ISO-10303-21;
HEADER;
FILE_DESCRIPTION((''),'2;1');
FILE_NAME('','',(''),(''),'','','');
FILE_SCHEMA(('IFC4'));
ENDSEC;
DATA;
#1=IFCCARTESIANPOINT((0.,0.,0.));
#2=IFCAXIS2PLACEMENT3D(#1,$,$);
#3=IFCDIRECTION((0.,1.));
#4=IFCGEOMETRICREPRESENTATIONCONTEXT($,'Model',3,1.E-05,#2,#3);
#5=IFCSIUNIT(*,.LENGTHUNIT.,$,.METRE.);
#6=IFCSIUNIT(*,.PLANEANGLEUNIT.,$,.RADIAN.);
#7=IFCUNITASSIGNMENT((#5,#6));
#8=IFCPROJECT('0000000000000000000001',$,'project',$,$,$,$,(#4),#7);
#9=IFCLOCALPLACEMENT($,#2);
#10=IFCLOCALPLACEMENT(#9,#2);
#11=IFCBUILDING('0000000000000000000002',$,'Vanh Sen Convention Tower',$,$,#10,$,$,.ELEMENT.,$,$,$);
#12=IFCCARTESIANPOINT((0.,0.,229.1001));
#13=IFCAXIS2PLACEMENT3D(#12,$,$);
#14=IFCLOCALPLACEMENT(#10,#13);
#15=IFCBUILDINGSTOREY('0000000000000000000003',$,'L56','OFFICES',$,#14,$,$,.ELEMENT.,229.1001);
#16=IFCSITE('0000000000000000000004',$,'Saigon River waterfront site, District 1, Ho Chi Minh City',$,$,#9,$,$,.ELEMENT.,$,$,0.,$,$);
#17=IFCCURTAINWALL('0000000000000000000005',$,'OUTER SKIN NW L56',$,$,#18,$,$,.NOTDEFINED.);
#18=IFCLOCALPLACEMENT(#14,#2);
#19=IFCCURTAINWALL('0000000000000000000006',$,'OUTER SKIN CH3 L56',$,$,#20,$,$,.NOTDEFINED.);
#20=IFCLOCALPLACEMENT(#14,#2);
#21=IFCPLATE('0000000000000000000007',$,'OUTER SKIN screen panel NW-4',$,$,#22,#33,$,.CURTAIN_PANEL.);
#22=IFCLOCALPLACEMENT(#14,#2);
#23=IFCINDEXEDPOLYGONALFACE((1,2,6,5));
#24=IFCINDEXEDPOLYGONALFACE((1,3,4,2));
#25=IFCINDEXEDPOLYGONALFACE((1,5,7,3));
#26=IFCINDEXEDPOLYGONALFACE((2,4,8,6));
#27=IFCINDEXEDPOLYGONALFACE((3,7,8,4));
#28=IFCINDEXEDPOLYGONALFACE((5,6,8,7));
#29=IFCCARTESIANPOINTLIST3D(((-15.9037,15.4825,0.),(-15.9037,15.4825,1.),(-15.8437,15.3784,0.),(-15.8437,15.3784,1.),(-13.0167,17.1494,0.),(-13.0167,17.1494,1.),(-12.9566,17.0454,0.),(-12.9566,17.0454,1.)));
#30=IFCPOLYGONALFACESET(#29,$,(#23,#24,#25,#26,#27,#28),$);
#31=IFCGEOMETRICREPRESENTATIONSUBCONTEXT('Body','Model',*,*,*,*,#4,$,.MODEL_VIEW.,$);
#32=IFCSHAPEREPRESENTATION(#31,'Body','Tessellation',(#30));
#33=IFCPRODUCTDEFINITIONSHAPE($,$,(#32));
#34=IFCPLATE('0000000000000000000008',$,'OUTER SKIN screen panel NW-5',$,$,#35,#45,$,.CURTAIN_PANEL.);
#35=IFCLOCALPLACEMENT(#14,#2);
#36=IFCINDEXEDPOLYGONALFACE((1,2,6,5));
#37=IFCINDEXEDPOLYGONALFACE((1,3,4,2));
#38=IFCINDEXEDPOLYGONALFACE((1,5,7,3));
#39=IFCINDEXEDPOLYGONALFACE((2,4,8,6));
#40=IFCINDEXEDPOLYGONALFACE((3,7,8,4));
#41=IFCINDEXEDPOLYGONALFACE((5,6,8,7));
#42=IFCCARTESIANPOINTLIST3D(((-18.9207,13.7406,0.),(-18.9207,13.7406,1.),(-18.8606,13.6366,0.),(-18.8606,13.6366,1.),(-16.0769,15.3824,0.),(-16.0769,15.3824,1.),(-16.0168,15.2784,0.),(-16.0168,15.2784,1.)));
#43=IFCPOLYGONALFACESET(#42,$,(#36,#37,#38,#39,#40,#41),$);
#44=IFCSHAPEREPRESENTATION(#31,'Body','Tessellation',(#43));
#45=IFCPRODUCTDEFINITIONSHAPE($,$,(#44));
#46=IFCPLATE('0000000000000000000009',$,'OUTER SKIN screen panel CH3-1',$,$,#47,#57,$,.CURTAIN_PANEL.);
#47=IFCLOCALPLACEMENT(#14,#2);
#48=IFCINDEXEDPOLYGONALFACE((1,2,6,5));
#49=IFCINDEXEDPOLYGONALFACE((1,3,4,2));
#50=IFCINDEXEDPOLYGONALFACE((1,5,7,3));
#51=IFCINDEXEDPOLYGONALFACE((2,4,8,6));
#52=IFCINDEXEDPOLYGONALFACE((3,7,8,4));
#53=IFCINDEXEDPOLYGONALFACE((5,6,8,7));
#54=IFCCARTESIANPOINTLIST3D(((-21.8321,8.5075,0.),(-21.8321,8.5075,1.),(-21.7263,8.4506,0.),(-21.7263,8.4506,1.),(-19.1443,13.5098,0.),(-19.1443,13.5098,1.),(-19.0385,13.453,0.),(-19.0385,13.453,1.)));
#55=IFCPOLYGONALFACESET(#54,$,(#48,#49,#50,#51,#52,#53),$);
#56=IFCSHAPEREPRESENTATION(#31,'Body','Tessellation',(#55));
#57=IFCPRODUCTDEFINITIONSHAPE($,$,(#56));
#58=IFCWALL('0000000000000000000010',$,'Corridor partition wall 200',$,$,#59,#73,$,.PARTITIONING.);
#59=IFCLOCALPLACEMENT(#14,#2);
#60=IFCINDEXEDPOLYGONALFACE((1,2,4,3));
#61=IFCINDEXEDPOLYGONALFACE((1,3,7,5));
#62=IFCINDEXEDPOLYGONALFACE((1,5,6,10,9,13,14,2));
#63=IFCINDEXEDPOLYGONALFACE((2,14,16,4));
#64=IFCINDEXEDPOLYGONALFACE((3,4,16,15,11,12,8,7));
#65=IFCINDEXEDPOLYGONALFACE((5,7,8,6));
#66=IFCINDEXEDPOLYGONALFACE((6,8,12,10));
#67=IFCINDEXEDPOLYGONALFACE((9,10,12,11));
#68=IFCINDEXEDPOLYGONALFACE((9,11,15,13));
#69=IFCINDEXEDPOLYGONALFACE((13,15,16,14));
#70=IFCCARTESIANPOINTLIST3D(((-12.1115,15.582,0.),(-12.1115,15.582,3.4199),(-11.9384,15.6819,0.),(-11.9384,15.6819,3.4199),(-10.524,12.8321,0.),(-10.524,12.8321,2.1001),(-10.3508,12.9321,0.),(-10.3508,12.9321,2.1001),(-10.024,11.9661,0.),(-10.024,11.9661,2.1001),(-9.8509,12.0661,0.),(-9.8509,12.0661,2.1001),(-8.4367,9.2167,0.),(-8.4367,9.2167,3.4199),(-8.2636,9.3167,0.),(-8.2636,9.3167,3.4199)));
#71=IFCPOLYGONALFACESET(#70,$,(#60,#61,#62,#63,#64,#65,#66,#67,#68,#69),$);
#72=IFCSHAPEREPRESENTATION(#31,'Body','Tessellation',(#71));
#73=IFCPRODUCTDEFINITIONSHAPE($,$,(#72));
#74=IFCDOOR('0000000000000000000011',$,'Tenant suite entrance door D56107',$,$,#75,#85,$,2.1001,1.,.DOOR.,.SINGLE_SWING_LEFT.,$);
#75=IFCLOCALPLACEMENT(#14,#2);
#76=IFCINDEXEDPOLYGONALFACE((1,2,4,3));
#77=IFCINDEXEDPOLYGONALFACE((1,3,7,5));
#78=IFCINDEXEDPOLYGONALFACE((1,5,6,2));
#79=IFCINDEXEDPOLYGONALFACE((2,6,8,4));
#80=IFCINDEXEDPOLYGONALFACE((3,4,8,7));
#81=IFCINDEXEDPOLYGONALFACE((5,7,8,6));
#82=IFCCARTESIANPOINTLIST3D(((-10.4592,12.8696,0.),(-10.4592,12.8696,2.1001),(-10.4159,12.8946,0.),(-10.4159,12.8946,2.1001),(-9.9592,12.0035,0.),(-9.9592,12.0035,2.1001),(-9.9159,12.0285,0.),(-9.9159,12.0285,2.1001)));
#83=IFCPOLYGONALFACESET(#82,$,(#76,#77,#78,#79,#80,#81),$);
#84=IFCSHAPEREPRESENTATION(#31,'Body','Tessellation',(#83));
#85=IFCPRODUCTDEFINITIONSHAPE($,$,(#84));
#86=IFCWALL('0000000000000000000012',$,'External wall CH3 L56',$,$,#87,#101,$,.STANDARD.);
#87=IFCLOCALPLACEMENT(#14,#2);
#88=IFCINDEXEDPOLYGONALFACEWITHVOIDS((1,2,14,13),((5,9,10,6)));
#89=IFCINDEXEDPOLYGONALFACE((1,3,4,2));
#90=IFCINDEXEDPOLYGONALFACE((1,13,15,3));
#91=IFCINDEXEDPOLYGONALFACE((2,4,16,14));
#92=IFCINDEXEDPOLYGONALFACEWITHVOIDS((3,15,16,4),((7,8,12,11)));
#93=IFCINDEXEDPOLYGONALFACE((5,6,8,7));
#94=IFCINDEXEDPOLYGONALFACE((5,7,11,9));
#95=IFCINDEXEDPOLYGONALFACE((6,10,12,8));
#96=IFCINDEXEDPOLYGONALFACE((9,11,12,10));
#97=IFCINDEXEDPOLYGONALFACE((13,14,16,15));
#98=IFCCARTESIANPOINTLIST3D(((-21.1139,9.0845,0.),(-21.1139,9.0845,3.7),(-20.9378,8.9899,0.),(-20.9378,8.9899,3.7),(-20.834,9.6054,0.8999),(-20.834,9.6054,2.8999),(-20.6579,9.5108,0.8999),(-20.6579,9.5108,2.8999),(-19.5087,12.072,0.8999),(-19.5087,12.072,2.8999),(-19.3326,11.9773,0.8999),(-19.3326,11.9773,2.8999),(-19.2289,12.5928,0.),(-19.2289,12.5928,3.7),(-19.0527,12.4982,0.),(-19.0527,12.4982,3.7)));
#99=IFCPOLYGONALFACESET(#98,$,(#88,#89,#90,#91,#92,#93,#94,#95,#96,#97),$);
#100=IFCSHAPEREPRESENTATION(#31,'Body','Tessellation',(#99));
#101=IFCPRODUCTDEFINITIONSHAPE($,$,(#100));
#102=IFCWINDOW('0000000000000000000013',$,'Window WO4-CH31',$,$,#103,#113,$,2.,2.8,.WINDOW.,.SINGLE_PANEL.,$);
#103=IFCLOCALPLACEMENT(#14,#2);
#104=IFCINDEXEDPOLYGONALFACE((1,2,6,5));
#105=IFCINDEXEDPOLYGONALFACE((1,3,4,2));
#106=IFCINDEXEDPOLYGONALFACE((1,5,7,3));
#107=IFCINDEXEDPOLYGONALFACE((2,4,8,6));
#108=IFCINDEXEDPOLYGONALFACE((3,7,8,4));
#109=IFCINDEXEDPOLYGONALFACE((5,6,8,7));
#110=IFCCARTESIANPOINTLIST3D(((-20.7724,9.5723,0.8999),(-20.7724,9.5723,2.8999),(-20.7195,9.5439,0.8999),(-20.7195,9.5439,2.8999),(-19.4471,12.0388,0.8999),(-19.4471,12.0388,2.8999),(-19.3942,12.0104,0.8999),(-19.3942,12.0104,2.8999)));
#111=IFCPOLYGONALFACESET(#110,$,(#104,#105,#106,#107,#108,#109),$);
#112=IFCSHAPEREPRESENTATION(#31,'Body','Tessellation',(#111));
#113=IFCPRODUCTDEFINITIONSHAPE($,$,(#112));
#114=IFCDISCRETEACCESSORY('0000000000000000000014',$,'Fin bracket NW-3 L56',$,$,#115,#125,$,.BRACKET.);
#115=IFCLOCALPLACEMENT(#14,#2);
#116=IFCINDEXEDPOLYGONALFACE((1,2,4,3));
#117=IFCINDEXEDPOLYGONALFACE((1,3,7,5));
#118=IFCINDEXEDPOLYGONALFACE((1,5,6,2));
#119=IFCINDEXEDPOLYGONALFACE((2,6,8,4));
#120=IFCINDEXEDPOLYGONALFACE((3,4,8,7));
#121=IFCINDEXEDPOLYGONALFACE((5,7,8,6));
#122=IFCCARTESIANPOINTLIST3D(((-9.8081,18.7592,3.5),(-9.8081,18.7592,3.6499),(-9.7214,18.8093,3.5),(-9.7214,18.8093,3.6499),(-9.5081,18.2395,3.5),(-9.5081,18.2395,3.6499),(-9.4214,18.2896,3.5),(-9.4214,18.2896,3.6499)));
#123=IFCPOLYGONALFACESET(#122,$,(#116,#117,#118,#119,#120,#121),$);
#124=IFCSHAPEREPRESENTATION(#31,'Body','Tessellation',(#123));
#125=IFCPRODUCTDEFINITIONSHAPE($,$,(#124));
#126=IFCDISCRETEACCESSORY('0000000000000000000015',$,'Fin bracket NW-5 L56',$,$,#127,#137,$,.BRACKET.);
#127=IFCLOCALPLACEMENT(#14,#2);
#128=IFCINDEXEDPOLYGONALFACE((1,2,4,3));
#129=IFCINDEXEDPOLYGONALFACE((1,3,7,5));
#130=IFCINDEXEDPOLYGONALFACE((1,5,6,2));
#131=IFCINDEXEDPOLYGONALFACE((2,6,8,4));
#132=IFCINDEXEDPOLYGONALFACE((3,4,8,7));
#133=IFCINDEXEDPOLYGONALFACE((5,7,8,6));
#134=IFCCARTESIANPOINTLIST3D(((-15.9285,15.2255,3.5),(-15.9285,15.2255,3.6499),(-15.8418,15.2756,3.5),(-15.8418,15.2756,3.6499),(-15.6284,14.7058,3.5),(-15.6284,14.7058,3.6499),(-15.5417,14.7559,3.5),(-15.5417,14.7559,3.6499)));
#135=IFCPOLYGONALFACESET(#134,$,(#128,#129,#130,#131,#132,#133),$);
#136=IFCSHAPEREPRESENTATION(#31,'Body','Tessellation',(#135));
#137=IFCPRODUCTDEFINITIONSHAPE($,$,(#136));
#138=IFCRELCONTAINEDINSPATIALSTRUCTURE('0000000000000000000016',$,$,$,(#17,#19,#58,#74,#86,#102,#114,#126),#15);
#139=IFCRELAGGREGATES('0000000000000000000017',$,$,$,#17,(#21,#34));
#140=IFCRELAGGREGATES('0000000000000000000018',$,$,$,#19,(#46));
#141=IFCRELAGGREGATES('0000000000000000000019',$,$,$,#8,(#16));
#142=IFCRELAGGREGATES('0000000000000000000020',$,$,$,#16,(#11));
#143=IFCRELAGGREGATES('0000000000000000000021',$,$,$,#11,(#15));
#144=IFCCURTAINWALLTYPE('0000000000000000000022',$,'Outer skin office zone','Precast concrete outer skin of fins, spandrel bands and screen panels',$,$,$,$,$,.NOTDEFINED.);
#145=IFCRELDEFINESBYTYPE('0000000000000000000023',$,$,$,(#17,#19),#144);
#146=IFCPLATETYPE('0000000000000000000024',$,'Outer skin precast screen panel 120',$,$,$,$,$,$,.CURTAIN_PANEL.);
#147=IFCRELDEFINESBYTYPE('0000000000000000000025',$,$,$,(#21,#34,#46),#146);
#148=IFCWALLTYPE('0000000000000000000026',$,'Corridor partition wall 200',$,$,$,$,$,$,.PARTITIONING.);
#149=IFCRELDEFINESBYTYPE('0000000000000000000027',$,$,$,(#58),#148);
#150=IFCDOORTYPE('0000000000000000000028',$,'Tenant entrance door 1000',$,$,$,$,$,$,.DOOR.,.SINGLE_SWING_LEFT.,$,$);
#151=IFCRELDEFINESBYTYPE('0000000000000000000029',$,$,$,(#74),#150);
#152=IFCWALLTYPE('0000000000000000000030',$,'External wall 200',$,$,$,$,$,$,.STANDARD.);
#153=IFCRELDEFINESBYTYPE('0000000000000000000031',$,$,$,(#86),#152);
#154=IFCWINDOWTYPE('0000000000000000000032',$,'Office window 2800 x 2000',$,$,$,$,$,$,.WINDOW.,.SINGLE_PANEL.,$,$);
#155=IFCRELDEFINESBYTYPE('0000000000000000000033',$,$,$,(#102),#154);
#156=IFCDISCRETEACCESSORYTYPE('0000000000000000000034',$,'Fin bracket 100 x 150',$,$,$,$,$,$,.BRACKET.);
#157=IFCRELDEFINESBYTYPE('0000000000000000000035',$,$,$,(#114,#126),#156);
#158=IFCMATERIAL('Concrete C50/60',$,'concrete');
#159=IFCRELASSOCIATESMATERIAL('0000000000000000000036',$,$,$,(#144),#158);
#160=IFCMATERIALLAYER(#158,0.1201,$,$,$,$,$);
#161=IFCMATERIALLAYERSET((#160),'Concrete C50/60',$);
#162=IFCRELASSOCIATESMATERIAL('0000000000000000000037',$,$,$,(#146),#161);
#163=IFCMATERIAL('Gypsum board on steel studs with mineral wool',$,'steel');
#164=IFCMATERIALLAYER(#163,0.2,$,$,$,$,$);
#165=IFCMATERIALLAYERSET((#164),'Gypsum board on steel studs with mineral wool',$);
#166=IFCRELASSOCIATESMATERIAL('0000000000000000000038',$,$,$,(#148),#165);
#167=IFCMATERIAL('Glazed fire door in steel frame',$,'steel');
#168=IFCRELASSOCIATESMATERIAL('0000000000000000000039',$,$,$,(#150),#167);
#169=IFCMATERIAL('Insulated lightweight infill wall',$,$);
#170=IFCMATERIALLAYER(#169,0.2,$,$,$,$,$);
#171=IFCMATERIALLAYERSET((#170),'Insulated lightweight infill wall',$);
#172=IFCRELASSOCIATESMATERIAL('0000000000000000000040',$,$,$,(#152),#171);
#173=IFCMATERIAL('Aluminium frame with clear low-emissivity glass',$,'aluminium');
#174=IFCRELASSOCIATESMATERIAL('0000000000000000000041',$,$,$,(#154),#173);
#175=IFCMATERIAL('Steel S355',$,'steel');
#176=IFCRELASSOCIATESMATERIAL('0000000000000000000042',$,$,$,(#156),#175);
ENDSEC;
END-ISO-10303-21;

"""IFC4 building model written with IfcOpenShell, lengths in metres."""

from ifc_helpers import new_model, si_unit, direction, frame, frame_2d, origin, origin_2d, place, context, subcontext, project, spatial, rectangle, extrude, material, layer, layer_set, type_object, element, fill, aggregate, save


model = new_model("IFC4")

# Units and contexts
model_context = context("Model", 3, precision=1e-05, world=origin(), true_north=direction((0.0, 1.0)))
body_context = subcontext(model_context, "Body", "Model", "MODEL_VIEW")
ifc_project = project(units=[si_unit("LENGTHUNIT", "METRE"), si_unit("PLANEANGLEUNIT", "RADIAN")], contexts=[model_context])

# Site, building, storey
site_placement = place(None, origin())
site = spatial("IfcSite", under=ifc_project, at=site_placement, Name="Saigon River waterfront site, District 1, Ho Chi Minh City", CompositionType="ELEMENT", RefElevation=0.0)
building_placement = place(site_placement, origin())
building = spatial("IfcBuilding", under=site, at=building_placement, Name="Vanh Sen Convention Tower", CompositionType="ELEMENT")
storey_placement = place(building_placement, frame((0.0, 0.0, 229.1001)))
storey = spatial("IfcBuildingStorey", under=building, at=storey_placement, Name="L56", Description="OFFICES", CompositionType="ELEMENT", Elevation=229.1001)

# Curtain wall
ifc_material_1 = material(Name="Concrete C50/60", Category="concrete")
curtain_wall_type = type_object("IfcCurtainWallType", Name="Outer skin office zone", Description="Precast concrete outer skin of fins, spandrel bands and screen panels", PredefinedType="NOTDEFINED", material=ifc_material_1)
curtain_wall_1_placement = place(storey_placement, origin())
curtain_wall_1 = element("IfcCurtainWall", 1, at=curtain_wall_1_placement, inside=storey, type_object=curtain_wall_type, Name="OUTER SKIN NW L56", PredefinedType="NOTDEFINED")

# Curtain wall
curtain_wall_2_placement = place(storey_placement, origin())
curtain_wall_2 = element("IfcCurtainWall", 2, at=curtain_wall_2_placement, inside=storey, type_object=curtain_wall_type, Name="OUTER SKIN CH3 L56", PredefinedType="NOTDEFINED")

# Plates
ifc_layer_1 = layer(ifc_material_1, 0.1201)
ifc_layer_set_1 = layer_set([ifc_layer_1], Name="Concrete C50/60")
plate_type = type_object("IfcPlateType", Name="Outer skin precast screen panel 120", PredefinedType="CURTAIN_PANEL", material=ifc_layer_set_1)
plate_1_placement = place(storey_placement, frame((-14.4302, 16.2639, 0.0), z_axis=(0.0, 0.0, 1.0), x_axis=(-0.866014, -0.50002, 0.0)))
plate_1 = element("IfcPlate", 3, at=plate_1_placement, type_object=plate_type, Name="OUTER SKIN screen panel NW-4", PredefinedType="CURTAIN_PANEL", context=body_context, shape_type="SweptSolid", body=[
    extrude(rectangle(XDim=3.3337, YDim=0.1201, at=origin_2d()), origin(), (0.0, 0.0, 1.0), 1.0),
])
plate_2_placement = place(storey_placement, frame((-17.4688, 14.5095, 0.0), z_axis=(0.0, 0.0, 1.0), x_axis=(-0.866033, -0.499986, 0.0)))
plate_2 = element("IfcPlate", 4, at=plate_2_placement, type_object=plate_type, Name="OUTER SKIN screen panel NW-5", PredefinedType="CURTAIN_PANEL", context=body_context, shape_type="SweptSolid", body=[
    extrude(rectangle(XDim=3.2837, YDim=0.1201, at=origin_2d()), origin(), (0.0, 0.0, 1.0), 1.0),
])
aggregate(curtain_wall_1, [plate_1, plate_2])
plate_3_placement = place(storey_placement, frame((-20.4353, 10.9802, 0.0), z_axis=(0.0, 0.0, 1.0), x_axis=(-0.473307, -0.880897, 0.0)))
plate_3 = element("IfcPlate", 5, at=plate_3_placement, type_object=plate_type, Name="OUTER SKIN screen panel CH3-1", PredefinedType="CURTAIN_PANEL", context=body_context, shape_type="SweptSolid", body=[
    extrude(rectangle(XDim=5.6787, YDim=0.1201, at=origin_2d()), origin(), (0.0, 0.0, 1.0), 1.0),
])
aggregate(curtain_wall_2, [plate_3])

# Wall, opening, door
ifc_material_2 = material(Name="Gypsum board on steel studs with mineral wool", Category="steel")
ifc_layer_2 = layer(ifc_material_2, 0.2)
ifc_layer_set_2 = layer_set([ifc_layer_2], Name="Gypsum board on steel studs with mineral wool")
wall_type_1 = type_object("IfcWallType", Name="Corridor partition wall 200", PredefinedType="PARTITIONING", material=ifc_layer_set_2)
wall_1_placement = place(storey_placement, frame((-12.0249, 15.6318, 0.0), z_axis=(0.0, 0.0, 1.0), x_axis=(0.499983, -0.866035, 0.0)))
wall_1 = element("IfcWall", 6, at=wall_1_placement, inside=storey, type_object=wall_type_1, Name="Corridor partition wall 200", PredefinedType="PARTITIONING", context=body_context, shape_type="SweptSolid", body=[
    extrude(rectangle(XDim=7.3499, YDim=0.2, at=frame_2d((3.6748, 0.0))), origin(), (0.0, 0.0, 1.0), 3.4199),
])
opening_1_placement = place(wall_1_placement, frame((3.175, 0.0, 0.0)))
opening_1 = element("IfcOpeningElement", 7, at=opening_1_placement, cuts=wall_1, PredefinedType="OPENING", context=body_context, shape_type="SweptSolid", body=[
    extrude(rectangle(XDim=1.0, YDim=2.1001, at=frame_2d((0.5, 1.05))), frame((0.0, 0.1099, 0.0), z_axis=(0.0, -1.0, 0.0), x_axis=(1.0, 0.0, 0.0)), (0.0, 0.0, 1.0), 0.22),
])
ifc_material_3 = material(Name="Glazed fire door in steel frame", Category="steel")
door_type = type_object("IfcDoorType", Name="Tenant entrance door 1000", OperationType="SINGLE_SWING_LEFT", PredefinedType="DOOR", material=ifc_material_3)
door_placement = place(opening_1_placement, origin())
door = element("IfcDoor", 8, at=door_placement, inside=storey, type_object=door_type, Name="Tenant suite entrance door D56107", OperationType="SINGLE_SWING_LEFT", OverallHeight=2.1001, OverallWidth=1.0, PredefinedType="DOOR", context=body_context, shape_type="SweptSolid", body=[
    extrude(rectangle(XDim=1.0, YDim=2.1001, at=frame_2d((0.5, 1.05))), frame((0.0, 0.0249, 0.0), z_axis=(0.0, -1.0, 0.0), x_axis=(1.0, 0.0, 0.0)), (0.0, 0.0, 1.0), 0.05),
])
fill(opening_1, door)

# Wall, opening, window
ifc_material_4 = material(Name="Insulated lightweight infill wall")
ifc_layer_3 = layer(ifc_material_4, 0.2)
ifc_layer_set_3 = layer_set([ifc_layer_3], Name="Insulated lightweight infill wall")
wall_type_2 = type_object("IfcWallType", Name="External wall 200", PredefinedType="STANDARD", material=ifc_layer_set_3)
wall_2_placement = place(storey_placement, frame((-19.1409, 12.5454, 0.0), z_axis=(0.0, 0.0, 1.0), x_axis=(-0.473306, -0.880898, 0.0)))
wall_2 = element("IfcWall", 9, at=wall_2_placement, inside=storey, type_object=wall_type_2, Name="External wall CH3 L56", PredefinedType="STANDARD", context=body_context, shape_type="SweptSolid", body=[
    extrude(rectangle(XDim=3.9827, YDim=0.2, at=frame_2d((1.9912, 0.0))), origin(), (0.0, 0.0, 1.0), 3.7),
])
opening_2_placement = place(wall_2_placement, frame((0.5913, 0.0, 0.8999)))
opening_2 = element("IfcOpeningElement", 10, at=opening_2_placement, cuts=wall_2, PredefinedType="OPENING", context=body_context, shape_type="SweptSolid", body=[
    extrude(rectangle(XDim=2.8, YDim=2.0, at=frame_2d((1.3999, 1.0))), frame((0.0, 0.1099, 0.0), z_axis=(0.0, -1.0, 0.0), x_axis=(1.0, 0.0, 0.0)), (0.0, 0.0, 1.0), 0.22),
])
ifc_material_5 = material(Name="Aluminium frame with clear low-emissivity glass", Category="aluminium")
window_type = type_object("IfcWindowType", Name="Office window 2800 x 2000", PartitioningType="SINGLE_PANEL", PredefinedType="WINDOW", material=ifc_material_5)
window_placement = place(opening_2_placement, origin())
window = element("IfcWindow", 11, at=window_placement, inside=storey, type_object=window_type, Name="Window WO4-CH31", OverallHeight=2.0, OverallWidth=2.8, PartitioningType="SINGLE_PANEL", PredefinedType="WINDOW", context=body_context, shape_type="SweptSolid", body=[
    extrude(rectangle(XDim=2.8, YDim=2.0, at=frame_2d((1.3999, 1.0))), frame((0.0, 0.03, 0.0), z_axis=(0.0, -1.0, 0.0), x_axis=(1.0, 0.0, 0.0)), (0.0, 0.0, 1.0), 0.0601),
])
fill(opening_2, window)

# Discrete accessories
ifc_material_6 = material(Name="Steel S355", Category="steel")
discrete_accessory_type = type_object("IfcDiscreteAccessoryType", Name="Fin bracket 100 x 150", PredefinedType="BRACKET", material=ifc_material_6)
for number, where, z_axis, x_axis, name in (
    (12, (-9.6147, 18.5244, 3.5), (0.0, 0.0, 1.0), (-0.5, 0.866025, 0.0), "Fin bracket NW-3 L56"),
    (13, (-15.7351, 14.9907, 3.5), (0.0, 0.0, 1.0), (-0.5, 0.866025, 0.0), "Fin bracket NW-5 L56"),
):
    element("IfcDiscreteAccessory", number, at=place(storey_placement, frame(where, z_axis=z_axis, x_axis=x_axis)), inside=storey, type_object=discrete_accessory_type, Name=name, PredefinedType="BRACKET", context=body_context, shape_type="SweptSolid", body=[
        extrude(rectangle(XDim=0.6001, YDim=0.1001, at=origin_2d()), origin(), (0.0, 0.0, 1.0), 0.1499),
    ])

save(model, "model.ifc")
